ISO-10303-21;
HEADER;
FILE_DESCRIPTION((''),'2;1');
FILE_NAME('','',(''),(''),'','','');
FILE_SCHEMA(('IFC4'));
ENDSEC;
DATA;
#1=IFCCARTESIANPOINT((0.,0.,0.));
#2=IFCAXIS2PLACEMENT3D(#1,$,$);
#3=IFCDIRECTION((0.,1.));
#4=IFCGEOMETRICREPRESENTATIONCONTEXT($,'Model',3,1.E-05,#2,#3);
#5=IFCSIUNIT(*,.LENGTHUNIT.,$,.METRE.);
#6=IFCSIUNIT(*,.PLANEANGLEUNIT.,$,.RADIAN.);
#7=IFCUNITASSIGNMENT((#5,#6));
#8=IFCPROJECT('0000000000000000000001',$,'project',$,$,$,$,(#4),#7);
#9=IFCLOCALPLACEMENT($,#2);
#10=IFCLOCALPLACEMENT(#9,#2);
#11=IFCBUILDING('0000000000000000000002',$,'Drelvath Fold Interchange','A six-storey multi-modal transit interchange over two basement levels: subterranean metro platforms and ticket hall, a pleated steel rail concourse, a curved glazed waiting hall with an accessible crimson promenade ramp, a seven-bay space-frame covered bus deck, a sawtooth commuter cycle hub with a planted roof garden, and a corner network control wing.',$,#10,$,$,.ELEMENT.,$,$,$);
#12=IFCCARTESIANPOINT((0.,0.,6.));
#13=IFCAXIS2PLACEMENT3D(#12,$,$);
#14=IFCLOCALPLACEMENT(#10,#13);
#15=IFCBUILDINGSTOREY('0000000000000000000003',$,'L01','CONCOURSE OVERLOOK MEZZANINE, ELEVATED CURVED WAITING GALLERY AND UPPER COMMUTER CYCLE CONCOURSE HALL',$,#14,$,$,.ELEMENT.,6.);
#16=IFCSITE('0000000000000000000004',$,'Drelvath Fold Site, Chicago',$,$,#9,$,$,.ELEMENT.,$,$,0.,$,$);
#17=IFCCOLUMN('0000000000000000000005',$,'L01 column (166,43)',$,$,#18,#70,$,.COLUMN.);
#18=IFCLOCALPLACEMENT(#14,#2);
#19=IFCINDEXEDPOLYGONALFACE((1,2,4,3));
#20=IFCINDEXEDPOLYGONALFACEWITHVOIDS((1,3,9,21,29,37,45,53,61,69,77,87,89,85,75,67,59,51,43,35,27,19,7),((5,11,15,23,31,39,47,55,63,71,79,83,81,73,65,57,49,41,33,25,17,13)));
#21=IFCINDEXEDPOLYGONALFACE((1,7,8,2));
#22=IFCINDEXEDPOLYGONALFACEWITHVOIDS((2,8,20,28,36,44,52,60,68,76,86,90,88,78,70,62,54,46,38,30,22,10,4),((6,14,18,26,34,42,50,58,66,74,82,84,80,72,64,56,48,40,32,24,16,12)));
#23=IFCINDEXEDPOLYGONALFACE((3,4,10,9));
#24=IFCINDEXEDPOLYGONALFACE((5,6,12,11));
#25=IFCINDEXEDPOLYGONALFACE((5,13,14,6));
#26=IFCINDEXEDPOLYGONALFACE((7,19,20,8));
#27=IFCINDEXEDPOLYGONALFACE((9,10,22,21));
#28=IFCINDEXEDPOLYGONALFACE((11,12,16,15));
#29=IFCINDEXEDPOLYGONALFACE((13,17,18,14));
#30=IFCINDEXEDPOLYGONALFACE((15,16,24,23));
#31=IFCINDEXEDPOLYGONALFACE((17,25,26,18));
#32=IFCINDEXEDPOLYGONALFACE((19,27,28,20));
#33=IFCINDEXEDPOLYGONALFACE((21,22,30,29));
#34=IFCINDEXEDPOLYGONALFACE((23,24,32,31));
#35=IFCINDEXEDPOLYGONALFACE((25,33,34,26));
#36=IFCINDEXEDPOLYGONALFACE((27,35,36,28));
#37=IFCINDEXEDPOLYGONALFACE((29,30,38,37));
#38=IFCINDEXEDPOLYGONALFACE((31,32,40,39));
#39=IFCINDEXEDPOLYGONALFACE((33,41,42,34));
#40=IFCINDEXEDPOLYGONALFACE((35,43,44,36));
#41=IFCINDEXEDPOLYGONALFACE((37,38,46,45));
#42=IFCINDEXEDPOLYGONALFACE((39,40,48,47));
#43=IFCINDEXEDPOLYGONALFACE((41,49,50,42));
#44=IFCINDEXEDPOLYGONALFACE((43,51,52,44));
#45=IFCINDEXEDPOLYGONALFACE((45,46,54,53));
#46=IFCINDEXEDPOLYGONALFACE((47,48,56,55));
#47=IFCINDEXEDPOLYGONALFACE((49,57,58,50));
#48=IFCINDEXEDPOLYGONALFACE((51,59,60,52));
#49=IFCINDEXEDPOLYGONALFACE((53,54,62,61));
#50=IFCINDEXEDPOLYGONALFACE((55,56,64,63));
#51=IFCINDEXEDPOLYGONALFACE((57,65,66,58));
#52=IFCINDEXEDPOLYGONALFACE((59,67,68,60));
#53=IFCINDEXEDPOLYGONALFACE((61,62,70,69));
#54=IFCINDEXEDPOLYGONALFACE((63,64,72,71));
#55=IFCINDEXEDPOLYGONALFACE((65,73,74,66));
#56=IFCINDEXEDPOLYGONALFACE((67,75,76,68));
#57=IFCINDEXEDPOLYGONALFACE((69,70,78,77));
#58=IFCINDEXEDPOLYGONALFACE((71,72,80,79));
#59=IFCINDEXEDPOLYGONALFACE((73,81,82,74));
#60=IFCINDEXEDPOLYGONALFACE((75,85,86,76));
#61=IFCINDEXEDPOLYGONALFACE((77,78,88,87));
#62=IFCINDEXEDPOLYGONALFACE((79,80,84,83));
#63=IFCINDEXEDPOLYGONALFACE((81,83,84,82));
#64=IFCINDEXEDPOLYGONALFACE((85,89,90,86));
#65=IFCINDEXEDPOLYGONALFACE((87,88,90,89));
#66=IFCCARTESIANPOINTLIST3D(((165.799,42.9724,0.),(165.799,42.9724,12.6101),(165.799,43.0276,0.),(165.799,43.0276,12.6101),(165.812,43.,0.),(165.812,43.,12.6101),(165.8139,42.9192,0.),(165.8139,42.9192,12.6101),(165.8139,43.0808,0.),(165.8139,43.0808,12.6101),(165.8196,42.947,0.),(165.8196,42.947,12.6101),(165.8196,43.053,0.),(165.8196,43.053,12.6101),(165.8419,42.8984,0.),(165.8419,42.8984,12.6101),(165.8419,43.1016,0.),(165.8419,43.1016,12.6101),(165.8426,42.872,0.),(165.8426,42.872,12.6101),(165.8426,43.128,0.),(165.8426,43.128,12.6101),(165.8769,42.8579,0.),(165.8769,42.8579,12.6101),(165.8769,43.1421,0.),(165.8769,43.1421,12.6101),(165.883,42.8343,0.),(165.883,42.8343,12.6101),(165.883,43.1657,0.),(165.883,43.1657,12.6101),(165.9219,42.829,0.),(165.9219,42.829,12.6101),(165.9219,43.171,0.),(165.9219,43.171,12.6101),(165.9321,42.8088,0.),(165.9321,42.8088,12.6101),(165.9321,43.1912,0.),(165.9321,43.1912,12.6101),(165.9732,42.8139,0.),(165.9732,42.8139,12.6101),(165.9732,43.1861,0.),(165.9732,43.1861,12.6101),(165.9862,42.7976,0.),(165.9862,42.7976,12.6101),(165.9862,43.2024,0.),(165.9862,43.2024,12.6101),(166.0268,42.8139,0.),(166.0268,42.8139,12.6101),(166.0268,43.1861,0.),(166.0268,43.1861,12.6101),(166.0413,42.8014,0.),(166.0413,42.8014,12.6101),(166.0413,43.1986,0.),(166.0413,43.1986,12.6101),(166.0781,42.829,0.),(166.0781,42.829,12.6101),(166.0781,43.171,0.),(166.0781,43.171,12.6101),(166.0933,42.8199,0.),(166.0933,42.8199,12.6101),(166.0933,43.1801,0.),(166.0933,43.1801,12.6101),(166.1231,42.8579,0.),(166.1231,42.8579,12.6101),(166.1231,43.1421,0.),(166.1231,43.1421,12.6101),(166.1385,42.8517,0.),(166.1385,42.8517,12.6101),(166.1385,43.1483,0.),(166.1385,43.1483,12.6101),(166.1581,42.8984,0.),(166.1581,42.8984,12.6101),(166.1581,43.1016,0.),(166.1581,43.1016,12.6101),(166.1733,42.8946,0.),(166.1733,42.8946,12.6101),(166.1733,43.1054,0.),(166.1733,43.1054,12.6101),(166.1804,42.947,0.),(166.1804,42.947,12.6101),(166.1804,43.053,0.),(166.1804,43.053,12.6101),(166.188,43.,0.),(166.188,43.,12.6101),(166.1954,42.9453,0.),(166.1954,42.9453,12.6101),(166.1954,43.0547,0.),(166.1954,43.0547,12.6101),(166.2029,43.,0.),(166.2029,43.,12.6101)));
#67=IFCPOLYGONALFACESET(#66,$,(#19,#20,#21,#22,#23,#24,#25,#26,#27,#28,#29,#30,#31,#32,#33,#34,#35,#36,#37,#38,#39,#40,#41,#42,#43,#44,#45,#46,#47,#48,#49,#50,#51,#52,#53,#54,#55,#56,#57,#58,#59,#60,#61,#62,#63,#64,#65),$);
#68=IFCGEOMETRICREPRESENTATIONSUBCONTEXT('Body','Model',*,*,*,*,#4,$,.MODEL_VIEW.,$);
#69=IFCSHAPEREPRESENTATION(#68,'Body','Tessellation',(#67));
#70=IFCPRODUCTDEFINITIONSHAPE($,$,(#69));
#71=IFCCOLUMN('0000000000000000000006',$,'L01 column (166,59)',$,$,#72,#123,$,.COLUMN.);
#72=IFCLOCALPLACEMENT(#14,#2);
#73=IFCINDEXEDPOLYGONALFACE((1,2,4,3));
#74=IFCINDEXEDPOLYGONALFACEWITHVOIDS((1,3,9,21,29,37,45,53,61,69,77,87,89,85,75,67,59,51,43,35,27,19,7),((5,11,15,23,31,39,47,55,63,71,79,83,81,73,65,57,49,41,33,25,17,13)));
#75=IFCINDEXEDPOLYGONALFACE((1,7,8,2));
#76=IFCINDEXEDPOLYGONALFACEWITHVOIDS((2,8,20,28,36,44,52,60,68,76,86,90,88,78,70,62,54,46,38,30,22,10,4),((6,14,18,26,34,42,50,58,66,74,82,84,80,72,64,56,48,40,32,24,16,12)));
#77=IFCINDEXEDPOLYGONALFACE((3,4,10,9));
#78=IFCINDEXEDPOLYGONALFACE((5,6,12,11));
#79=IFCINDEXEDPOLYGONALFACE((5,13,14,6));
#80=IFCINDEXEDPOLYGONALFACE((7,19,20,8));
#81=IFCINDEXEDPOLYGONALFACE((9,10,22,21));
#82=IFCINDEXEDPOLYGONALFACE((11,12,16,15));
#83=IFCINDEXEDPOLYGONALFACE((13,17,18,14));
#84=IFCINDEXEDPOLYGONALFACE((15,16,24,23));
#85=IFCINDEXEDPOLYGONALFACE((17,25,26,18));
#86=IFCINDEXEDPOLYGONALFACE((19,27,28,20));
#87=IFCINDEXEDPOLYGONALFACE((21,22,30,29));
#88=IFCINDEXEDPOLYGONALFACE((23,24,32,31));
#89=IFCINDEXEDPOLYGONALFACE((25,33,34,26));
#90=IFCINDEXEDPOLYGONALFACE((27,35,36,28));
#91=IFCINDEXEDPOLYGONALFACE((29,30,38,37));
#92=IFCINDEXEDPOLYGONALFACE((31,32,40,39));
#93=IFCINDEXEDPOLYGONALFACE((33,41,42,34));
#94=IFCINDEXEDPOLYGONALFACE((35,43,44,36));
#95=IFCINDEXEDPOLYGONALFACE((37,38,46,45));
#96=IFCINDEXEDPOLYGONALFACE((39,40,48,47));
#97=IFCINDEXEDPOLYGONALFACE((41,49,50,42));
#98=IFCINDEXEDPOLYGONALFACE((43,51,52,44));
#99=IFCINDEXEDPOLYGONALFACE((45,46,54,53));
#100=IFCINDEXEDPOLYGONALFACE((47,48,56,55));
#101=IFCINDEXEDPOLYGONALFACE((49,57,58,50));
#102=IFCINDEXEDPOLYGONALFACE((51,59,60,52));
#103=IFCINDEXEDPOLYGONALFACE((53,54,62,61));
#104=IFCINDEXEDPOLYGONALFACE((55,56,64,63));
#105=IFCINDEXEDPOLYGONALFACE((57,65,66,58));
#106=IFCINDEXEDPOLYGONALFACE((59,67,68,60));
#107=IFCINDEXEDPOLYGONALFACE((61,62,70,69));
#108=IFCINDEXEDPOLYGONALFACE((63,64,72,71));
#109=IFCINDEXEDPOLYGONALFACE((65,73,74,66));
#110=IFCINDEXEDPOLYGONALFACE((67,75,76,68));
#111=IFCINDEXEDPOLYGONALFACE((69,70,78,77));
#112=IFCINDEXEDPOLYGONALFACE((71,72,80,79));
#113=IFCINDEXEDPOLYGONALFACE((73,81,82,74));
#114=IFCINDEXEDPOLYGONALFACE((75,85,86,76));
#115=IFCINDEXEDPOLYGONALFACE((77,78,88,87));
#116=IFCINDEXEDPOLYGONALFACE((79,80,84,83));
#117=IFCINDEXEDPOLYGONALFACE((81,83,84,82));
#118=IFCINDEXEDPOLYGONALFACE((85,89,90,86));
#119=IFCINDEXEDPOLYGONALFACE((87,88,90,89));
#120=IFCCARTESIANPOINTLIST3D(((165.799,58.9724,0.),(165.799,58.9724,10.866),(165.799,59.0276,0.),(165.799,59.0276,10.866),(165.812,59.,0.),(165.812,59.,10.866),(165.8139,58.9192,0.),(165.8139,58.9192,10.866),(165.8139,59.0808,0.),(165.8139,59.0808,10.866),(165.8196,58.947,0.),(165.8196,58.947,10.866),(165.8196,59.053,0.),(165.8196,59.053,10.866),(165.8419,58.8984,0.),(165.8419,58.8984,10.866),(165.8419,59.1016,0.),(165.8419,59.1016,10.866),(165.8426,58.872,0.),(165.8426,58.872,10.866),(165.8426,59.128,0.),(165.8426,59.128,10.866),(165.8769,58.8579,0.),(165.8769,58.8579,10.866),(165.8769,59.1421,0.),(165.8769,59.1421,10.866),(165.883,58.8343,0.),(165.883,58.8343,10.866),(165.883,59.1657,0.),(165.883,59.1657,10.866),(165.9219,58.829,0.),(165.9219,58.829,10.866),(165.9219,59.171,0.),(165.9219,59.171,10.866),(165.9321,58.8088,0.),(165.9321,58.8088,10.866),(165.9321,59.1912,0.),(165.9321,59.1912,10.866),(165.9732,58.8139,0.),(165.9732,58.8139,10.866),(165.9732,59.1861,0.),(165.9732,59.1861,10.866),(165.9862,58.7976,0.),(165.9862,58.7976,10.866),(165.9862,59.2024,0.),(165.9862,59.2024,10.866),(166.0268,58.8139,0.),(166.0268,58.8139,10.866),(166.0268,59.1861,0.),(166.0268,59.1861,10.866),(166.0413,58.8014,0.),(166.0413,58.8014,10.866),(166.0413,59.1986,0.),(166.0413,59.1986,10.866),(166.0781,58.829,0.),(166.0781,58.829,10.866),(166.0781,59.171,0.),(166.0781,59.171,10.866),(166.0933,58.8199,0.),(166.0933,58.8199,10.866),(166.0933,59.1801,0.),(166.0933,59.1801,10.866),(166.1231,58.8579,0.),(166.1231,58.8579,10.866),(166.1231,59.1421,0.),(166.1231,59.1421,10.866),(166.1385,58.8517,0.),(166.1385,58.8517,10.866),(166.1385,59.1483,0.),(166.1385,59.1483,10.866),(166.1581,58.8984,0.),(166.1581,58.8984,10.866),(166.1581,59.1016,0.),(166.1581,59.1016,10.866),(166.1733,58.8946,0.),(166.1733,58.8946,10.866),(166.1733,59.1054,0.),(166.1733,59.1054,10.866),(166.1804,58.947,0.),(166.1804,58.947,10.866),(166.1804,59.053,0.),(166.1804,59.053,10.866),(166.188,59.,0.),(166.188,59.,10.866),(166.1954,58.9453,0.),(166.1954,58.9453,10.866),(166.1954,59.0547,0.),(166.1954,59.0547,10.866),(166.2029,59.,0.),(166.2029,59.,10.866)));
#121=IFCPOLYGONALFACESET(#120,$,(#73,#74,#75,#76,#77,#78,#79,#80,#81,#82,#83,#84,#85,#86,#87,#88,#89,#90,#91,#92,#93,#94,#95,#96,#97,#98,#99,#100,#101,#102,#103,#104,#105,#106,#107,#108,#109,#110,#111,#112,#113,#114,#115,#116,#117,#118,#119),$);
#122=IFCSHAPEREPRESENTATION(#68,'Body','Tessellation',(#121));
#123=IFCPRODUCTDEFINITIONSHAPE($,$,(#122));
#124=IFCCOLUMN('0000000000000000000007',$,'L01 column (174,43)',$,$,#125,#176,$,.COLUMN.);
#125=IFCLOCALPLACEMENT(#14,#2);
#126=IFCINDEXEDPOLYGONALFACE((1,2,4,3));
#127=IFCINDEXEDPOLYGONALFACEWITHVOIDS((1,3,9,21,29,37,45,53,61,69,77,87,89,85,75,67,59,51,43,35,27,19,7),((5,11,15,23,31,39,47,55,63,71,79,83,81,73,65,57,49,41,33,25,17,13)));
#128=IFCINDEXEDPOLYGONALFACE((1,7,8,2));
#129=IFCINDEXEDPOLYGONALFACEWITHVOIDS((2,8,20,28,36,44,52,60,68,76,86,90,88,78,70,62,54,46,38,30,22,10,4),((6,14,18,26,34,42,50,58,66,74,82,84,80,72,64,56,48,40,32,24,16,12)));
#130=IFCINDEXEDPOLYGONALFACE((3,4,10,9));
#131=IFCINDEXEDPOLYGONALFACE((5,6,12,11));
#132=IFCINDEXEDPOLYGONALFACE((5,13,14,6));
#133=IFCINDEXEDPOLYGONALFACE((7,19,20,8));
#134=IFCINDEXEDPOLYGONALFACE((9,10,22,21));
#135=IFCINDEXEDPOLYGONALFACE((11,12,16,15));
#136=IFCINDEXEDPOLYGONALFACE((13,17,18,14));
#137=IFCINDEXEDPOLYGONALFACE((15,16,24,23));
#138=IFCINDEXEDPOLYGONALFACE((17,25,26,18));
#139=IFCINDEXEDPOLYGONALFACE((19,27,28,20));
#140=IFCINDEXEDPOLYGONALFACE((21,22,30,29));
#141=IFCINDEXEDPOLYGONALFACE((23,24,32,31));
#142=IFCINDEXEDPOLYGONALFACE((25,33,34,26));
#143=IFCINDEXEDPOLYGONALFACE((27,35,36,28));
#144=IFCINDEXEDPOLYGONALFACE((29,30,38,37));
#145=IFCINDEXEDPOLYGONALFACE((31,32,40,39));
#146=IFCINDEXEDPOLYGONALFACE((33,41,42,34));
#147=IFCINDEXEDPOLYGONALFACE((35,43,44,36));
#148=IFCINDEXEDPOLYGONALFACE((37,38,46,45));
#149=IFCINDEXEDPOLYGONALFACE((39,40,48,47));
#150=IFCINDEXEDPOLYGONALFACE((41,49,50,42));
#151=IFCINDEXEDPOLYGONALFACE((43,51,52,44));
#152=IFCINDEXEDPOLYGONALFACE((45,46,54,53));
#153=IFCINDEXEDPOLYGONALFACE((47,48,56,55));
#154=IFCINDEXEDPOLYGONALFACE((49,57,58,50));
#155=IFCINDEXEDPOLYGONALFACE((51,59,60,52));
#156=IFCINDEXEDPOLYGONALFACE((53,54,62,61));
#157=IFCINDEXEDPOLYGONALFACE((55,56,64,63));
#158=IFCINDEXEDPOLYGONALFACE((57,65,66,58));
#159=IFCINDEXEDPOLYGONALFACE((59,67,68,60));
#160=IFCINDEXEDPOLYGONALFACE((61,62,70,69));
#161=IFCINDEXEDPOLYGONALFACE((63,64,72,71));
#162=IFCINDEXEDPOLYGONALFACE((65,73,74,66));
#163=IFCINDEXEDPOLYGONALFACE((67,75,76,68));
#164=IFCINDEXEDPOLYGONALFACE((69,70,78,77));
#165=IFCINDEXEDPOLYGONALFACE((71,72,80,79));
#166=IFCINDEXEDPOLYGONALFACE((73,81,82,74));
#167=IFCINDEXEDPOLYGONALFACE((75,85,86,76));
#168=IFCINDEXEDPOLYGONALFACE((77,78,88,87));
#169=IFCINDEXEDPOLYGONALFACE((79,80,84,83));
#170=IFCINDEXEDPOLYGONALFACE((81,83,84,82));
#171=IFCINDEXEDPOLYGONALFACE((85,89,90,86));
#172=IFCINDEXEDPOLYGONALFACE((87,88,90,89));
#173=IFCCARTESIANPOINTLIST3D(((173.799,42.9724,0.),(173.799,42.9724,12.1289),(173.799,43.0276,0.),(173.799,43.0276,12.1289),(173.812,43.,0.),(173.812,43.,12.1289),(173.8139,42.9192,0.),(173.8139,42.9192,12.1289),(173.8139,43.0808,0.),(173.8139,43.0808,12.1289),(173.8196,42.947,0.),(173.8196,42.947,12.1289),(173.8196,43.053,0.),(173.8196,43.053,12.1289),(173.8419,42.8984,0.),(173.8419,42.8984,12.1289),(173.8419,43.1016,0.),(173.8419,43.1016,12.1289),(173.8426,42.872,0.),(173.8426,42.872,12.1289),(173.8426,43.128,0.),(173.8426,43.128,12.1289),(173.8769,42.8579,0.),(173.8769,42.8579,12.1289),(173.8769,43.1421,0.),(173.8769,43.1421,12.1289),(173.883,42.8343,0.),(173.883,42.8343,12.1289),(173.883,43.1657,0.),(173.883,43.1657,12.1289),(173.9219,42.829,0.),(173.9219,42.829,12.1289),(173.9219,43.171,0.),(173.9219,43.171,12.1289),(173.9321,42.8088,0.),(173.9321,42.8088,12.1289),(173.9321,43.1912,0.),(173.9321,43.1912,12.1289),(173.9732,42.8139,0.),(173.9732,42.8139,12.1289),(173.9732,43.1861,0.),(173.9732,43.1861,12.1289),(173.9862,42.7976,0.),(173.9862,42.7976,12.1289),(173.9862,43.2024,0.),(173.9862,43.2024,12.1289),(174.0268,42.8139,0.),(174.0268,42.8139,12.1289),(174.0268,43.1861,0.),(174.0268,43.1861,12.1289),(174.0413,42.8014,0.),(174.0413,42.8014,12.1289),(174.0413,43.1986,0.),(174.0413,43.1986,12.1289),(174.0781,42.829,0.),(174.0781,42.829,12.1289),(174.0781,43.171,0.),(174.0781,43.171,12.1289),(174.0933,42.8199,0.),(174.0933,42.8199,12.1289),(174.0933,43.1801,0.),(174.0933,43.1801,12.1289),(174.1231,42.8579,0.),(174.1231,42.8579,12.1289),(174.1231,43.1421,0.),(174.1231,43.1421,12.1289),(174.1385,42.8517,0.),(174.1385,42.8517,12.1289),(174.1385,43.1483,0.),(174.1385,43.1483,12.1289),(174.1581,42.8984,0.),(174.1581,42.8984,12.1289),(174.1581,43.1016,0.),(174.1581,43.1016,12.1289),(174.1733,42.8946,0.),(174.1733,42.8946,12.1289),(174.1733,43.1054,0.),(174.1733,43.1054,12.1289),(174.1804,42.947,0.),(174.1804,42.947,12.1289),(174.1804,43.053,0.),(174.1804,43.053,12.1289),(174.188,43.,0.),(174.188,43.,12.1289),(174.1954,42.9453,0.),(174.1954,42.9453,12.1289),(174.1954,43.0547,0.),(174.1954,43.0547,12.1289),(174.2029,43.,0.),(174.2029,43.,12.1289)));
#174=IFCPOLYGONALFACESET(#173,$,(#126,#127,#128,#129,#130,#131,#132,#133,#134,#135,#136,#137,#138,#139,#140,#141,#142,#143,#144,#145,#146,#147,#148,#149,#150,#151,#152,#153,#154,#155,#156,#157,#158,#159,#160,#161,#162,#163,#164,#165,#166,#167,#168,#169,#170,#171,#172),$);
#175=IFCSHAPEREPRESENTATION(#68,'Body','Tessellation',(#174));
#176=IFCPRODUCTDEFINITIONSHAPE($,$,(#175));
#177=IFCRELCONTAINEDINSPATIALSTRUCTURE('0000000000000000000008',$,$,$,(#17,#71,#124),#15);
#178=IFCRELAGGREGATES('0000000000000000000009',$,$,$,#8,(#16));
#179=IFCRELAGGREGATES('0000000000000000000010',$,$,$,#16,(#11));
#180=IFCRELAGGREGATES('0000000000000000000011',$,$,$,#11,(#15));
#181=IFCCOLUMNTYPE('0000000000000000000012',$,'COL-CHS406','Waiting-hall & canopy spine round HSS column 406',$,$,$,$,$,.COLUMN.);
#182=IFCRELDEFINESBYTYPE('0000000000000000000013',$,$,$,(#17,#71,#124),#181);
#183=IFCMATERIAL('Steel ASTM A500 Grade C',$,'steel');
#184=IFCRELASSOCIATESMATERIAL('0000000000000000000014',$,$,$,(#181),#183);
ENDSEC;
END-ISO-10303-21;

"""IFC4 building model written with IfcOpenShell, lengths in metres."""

from ifc_helpers import new_model, si_unit, direction, frame, origin, origin_2d, place, context, subcontext, project, spatial, hollow_circle, extrude, material, material_profile, profile_set, type_object, element, save


model = new_model("IFC4")

# Units and contexts
model_context = context("Model", 3, precision=1e-05, world=origin(), true_north=direction((0.0, 1.0)))
body_context = subcontext(model_context, "Body", "Model", "MODEL_VIEW")
ifc_project = project(units=[si_unit("LENGTHUNIT", "METRE"), si_unit("PLANEANGLEUNIT", "RADIAN")], contexts=[model_context])

# Site, building, storey
site_placement = place(None, origin())
site = spatial("IfcSite", under=ifc_project, at=site_placement, Name="Drelvath Fold Site, Chicago", CompositionType="ELEMENT", RefElevation=0.0)
building_placement = place(site_placement, origin())
building = spatial("IfcBuilding", under=site, at=building_placement, Name="Drelvath Fold Interchange", Description="A six-storey multi-modal transit interchange over two basement levels: subterranean metro platforms and ticket hall, a pleated steel rail concourse, a curved glazed waiting hall with an accessible crimson promenade ramp, a seven-bay space-frame covered bus deck, a sawtooth commuter cycle hub with a planted roof garden, and a corner network control wing.", CompositionType="ELEMENT")
storey_placement = place(building_placement, frame((0.0, 0.0, 6.0)))
storey = spatial("IfcBuildingStorey", under=building, at=storey_placement, Name="L01", Description="CONCOURSE OVERLOOK MEZZANINE, ELEVATED CURVED WAITING GALLERY AND UPPER COMMUTER CYCLE CONCOURSE HALL", CompositionType="ELEMENT", Elevation=6.0)

# Columns
ifc_material_1 = material(Name="Steel ASTM A500 Grade C", Category="steel")
ifc_material_profile_1 = material_profile(ifc_material_1, hollow_circle(Radius=0.2029, WallThickness=0.0149, at=origin_2d()), Name="HSS16.000X0.625")
ifc_profile_set_1 = profile_set([ifc_material_profile_1], Name="Steel ASTM A500 Grade C")
column_type_1 = type_object("IfcColumnType", Name="COL-CHS406", Description="Waiting-hall & canopy spine round HSS column 406", PredefinedType="COLUMN", material=ifc_profile_set_1)
column_1_placement = place(storey_placement, frame((166.0, 43.0, 0.0), z_axis=(0.0, 0.0, 1.0), x_axis=(1.0, 0.0, 0.0)))
element("IfcColumn", 1, at=column_1_placement, inside=storey, type_object=column_type_1, Name="L01 column (166,43)", PredefinedType="COLUMN", context=body_context, shape_type="SweptSolid", body=[
    extrude(hollow_circle(Radius=0.2029, WallThickness=0.0149, at=origin_2d()), origin(), (0.0, 0.0, 1.0), 12.6101),
])
column_2_placement = place(storey_placement, frame((166.0, 59.0, 0.0), z_axis=(0.0, 0.0, 1.0), x_axis=(1.0, 0.0, 0.0)))
element("IfcColumn", 2, at=column_2_placement, inside=storey, type_object=column_type_1, Name="L01 column (166,59)", PredefinedType="COLUMN", context=body_context, shape_type="SweptSolid", body=[
    extrude(hollow_circle(Radius=0.2029, WallThickness=0.0149, at=origin_2d()), origin(), (0.0, 0.0, 1.0), 10.866),
])
column_3_placement = place(storey_placement, frame((174.0, 43.0, 0.0), z_axis=(0.0, 0.0, 1.0), x_axis=(1.0, 0.0, 0.0)))
element("IfcColumn", 3, at=column_3_placement, inside=storey, type_object=column_type_1, Name="L01 column (174,43)", PredefinedType="COLUMN", context=body_context, shape_type="SweptSolid", body=[
    extrude(hollow_circle(Radius=0.2029, WallThickness=0.0149, at=origin_2d()), origin(), (0.0, 0.0, 1.0), 12.1289),
])

save(model, "model.ifc")
